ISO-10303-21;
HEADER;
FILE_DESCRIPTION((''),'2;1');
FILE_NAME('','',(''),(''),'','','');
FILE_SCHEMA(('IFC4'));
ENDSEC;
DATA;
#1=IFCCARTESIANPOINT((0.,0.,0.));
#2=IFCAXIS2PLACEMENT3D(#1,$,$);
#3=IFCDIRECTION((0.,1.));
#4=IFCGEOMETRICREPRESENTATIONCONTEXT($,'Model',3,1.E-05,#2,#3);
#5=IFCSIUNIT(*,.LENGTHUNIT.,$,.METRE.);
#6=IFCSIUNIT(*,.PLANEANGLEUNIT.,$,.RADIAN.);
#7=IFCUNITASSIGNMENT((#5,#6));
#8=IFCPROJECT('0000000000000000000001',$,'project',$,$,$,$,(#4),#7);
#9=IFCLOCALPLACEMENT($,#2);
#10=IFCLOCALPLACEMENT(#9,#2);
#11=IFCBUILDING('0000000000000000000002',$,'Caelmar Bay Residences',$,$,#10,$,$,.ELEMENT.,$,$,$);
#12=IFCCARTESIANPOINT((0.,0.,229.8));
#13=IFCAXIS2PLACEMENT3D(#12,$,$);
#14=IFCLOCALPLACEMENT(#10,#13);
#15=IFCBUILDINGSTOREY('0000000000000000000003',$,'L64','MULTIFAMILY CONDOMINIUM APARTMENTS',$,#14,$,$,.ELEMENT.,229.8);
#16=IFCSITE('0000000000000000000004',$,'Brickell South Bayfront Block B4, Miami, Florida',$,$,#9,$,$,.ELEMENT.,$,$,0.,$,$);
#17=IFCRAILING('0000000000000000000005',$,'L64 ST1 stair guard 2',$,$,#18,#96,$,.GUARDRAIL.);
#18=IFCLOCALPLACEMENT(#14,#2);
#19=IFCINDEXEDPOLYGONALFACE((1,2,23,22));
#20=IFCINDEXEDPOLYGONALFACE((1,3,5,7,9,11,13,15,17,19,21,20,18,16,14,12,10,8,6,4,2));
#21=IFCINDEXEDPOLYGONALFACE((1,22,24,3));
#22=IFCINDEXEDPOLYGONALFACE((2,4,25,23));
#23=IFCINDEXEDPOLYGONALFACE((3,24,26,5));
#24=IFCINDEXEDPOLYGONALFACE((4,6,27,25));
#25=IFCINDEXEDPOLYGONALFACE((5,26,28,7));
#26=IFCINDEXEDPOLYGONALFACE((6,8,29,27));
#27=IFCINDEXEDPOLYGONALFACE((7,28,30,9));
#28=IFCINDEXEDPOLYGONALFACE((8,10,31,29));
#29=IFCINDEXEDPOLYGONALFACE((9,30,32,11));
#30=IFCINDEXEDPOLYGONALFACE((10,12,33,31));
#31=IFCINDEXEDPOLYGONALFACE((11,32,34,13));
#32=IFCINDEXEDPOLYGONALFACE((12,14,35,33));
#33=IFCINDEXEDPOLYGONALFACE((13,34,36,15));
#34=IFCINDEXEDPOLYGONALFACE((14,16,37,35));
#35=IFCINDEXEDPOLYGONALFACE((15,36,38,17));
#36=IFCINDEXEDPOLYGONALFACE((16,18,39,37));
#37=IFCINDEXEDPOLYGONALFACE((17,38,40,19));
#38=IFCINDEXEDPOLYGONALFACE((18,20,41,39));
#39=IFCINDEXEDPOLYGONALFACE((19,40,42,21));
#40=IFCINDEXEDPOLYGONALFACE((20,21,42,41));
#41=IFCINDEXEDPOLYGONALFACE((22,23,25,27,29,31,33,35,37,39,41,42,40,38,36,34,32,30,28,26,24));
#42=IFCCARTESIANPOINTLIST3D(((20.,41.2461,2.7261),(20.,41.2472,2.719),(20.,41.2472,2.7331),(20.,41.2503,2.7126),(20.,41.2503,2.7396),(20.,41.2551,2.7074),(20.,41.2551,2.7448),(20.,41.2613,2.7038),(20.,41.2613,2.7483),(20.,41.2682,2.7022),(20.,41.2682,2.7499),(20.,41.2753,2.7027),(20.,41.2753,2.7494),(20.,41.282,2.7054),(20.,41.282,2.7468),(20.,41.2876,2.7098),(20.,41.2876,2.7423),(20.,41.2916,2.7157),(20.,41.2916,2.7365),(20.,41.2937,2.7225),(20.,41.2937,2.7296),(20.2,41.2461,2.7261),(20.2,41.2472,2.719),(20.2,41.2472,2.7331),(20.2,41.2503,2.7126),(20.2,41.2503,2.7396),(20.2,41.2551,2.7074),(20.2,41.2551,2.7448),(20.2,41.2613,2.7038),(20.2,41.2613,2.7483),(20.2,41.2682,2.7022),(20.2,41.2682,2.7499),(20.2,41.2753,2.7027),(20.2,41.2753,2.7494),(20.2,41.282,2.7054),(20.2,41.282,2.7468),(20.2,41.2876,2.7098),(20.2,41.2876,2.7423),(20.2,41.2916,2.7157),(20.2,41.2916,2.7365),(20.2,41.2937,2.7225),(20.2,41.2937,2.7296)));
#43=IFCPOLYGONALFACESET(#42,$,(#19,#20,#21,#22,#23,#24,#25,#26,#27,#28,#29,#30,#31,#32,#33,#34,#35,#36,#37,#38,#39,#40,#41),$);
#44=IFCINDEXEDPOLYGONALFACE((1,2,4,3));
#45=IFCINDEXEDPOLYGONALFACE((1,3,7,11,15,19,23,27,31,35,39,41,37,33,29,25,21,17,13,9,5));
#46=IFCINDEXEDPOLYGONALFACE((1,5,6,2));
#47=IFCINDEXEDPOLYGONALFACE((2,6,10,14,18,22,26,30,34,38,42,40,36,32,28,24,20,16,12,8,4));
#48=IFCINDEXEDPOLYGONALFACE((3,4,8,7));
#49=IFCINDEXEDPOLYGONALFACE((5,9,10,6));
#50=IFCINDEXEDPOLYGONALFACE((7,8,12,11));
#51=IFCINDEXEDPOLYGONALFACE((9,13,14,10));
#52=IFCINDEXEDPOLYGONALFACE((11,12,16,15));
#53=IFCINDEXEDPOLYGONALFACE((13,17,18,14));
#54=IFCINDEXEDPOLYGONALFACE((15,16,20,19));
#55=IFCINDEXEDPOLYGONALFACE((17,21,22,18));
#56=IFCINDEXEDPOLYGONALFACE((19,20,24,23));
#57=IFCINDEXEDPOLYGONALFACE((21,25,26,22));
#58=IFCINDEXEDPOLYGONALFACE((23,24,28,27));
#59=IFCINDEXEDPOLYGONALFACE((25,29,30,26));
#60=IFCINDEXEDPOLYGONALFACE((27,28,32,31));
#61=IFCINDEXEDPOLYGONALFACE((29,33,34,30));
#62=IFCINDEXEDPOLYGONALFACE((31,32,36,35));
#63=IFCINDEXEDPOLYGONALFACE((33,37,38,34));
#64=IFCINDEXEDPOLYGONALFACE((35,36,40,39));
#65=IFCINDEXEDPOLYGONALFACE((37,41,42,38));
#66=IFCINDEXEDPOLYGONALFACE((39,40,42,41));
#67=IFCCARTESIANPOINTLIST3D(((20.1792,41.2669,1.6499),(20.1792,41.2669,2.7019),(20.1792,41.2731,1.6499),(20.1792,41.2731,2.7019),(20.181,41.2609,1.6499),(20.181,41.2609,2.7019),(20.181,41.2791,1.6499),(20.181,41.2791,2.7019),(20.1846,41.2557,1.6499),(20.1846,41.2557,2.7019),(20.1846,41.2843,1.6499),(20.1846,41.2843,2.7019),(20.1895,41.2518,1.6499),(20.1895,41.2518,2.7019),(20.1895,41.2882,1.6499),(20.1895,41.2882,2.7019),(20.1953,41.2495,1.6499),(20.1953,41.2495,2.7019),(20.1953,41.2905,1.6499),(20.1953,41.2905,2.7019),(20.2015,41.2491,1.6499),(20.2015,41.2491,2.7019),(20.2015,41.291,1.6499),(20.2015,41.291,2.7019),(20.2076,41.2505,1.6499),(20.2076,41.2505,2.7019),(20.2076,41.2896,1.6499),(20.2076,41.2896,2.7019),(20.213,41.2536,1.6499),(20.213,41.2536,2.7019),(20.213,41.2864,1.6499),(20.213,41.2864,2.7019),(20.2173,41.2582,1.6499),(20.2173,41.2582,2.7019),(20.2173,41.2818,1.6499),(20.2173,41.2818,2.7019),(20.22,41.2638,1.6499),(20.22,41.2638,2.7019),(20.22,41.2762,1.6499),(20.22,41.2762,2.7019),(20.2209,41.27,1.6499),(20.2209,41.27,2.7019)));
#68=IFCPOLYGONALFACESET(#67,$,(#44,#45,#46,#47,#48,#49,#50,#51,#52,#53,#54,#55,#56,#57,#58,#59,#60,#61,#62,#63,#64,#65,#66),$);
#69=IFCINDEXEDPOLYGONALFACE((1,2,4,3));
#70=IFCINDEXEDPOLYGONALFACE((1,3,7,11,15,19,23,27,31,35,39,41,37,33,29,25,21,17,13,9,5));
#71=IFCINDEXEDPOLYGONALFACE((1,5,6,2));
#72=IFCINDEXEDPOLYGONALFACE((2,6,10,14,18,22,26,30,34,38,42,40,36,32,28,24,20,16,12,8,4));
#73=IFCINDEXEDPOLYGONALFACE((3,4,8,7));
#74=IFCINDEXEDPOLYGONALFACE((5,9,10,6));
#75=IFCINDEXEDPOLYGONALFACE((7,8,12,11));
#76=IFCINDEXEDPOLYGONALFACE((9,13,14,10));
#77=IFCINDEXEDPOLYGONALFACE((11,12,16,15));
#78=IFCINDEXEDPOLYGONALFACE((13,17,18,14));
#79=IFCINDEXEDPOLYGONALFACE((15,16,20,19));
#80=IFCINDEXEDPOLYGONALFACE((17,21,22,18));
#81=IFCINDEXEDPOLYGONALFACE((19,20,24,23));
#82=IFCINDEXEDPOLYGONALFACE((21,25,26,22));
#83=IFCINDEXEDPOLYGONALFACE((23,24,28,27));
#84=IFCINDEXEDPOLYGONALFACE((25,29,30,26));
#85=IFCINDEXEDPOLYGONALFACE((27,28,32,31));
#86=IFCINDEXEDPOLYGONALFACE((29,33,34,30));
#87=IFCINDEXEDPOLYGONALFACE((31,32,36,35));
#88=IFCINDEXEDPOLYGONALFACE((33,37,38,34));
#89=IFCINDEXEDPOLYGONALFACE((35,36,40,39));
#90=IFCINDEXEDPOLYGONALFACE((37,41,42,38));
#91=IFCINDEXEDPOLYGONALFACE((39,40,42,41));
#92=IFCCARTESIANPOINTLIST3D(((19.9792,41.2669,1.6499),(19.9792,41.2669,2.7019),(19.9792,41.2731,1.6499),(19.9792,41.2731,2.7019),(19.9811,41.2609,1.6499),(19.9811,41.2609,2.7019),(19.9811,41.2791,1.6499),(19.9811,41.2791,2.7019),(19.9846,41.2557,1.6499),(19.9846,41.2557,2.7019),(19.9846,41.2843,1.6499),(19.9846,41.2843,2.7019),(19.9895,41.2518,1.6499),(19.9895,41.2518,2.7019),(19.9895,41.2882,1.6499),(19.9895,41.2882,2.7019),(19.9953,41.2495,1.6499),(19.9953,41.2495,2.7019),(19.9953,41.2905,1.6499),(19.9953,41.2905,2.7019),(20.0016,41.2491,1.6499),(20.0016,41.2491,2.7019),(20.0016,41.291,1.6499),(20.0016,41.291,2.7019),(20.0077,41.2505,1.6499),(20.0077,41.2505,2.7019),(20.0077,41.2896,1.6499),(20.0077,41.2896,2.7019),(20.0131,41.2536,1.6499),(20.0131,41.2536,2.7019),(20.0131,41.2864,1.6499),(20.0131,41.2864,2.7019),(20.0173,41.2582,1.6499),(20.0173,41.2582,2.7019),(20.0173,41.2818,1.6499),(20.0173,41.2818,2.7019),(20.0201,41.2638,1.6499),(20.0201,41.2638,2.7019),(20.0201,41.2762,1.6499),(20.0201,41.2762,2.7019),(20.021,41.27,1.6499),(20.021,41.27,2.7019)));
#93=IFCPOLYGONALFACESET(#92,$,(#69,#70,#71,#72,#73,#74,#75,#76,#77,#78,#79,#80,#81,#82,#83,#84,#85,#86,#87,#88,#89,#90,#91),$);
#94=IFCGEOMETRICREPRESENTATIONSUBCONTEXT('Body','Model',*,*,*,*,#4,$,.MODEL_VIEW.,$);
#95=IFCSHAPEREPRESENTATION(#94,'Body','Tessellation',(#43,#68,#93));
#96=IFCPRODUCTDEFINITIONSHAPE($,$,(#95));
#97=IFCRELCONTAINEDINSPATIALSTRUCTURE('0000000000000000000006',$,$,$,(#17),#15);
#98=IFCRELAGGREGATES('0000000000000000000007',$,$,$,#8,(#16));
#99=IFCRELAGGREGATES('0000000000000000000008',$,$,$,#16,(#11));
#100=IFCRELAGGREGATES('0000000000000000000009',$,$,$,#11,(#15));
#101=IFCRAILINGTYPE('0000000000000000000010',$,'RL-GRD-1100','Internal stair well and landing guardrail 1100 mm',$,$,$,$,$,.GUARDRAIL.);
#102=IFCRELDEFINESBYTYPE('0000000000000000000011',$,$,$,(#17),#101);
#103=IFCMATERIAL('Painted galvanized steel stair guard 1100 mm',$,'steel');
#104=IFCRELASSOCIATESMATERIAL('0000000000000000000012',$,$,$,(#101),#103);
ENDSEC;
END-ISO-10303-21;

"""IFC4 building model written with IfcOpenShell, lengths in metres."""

from ifc_helpers import new_model, si_unit, direction, frame, origin, origin_2d, place, context, subcontext, project, spatial, circle, extrude, material, type_object, element, save


model = new_model("IFC4")

# Units and contexts
model_context = context("Model", 3, precision=1e-05, world=origin(), true_north=direction((0.0, 1.0)))
body_context = subcontext(model_context, "Body", "Model", "MODEL_VIEW")
ifc_project = project(units=[si_unit("LENGTHUNIT", "METRE"), si_unit("PLANEANGLEUNIT", "RADIAN")], contexts=[model_context])

# Site, building, storey
site_placement = place(None, origin())
site = spatial("IfcSite", under=ifc_project, at=site_placement, Name="Brickell South Bayfront Block B4, Miami, Florida", CompositionType="ELEMENT", RefElevation=0.0)
building_placement = place(site_placement, origin())
building = spatial("IfcBuilding", under=site, at=building_placement, Name="Caelmar Bay Residences", CompositionType="ELEMENT")
storey_placement = place(building_placement, frame((0.0, 0.0, 229.8)))
storey = spatial("IfcBuildingStorey", under=building, at=storey_placement, Name="L64", Description="MULTIFAMILY CONDOMINIUM APARTMENTS", CompositionType="ELEMENT", Elevation=229.8)

# Railing
ifc_material_1 = material(Name="Painted galvanized steel stair guard 1100 mm", Category="steel")
railing_type_1 = type_object("IfcRailingType", Name="RL-GRD-1100", Description="Internal stair well and landing guardrail 1100 mm", PredefinedType="GUARDRAIL", material=ifc_material_1)
railing_1_placement = place(storey_placement, frame((20.2, 41.27, 1.6499)))
element("IfcRailing", 1, at=railing_1_placement, inside=storey, type_object=railing_type_1, Name="L64 ST1 stair guard 2", PredefinedType="GUARDRAIL", context=body_context, shape_type="SweptSolid", body=[
    extrude(circle(Radius=0.0239, at=origin_2d()), frame((0.0, 0.0, 1.0762), z_axis=(-1.0, 0.0, 0.0), x_axis=(0.0, -1.0, 0.0)), (0.0, 0.0, 1.0), 0.2),
    extrude(circle(Radius=0.021, at=origin_2d()), origin(), (0.0, 0.0, 1.0), 1.052),
    extrude(circle(Radius=0.021, at=origin_2d()), frame((-0.2, 0.0, 0.0)), (0.0, 0.0, 1.0), 1.052),
])

save(model, "model.ifc")
